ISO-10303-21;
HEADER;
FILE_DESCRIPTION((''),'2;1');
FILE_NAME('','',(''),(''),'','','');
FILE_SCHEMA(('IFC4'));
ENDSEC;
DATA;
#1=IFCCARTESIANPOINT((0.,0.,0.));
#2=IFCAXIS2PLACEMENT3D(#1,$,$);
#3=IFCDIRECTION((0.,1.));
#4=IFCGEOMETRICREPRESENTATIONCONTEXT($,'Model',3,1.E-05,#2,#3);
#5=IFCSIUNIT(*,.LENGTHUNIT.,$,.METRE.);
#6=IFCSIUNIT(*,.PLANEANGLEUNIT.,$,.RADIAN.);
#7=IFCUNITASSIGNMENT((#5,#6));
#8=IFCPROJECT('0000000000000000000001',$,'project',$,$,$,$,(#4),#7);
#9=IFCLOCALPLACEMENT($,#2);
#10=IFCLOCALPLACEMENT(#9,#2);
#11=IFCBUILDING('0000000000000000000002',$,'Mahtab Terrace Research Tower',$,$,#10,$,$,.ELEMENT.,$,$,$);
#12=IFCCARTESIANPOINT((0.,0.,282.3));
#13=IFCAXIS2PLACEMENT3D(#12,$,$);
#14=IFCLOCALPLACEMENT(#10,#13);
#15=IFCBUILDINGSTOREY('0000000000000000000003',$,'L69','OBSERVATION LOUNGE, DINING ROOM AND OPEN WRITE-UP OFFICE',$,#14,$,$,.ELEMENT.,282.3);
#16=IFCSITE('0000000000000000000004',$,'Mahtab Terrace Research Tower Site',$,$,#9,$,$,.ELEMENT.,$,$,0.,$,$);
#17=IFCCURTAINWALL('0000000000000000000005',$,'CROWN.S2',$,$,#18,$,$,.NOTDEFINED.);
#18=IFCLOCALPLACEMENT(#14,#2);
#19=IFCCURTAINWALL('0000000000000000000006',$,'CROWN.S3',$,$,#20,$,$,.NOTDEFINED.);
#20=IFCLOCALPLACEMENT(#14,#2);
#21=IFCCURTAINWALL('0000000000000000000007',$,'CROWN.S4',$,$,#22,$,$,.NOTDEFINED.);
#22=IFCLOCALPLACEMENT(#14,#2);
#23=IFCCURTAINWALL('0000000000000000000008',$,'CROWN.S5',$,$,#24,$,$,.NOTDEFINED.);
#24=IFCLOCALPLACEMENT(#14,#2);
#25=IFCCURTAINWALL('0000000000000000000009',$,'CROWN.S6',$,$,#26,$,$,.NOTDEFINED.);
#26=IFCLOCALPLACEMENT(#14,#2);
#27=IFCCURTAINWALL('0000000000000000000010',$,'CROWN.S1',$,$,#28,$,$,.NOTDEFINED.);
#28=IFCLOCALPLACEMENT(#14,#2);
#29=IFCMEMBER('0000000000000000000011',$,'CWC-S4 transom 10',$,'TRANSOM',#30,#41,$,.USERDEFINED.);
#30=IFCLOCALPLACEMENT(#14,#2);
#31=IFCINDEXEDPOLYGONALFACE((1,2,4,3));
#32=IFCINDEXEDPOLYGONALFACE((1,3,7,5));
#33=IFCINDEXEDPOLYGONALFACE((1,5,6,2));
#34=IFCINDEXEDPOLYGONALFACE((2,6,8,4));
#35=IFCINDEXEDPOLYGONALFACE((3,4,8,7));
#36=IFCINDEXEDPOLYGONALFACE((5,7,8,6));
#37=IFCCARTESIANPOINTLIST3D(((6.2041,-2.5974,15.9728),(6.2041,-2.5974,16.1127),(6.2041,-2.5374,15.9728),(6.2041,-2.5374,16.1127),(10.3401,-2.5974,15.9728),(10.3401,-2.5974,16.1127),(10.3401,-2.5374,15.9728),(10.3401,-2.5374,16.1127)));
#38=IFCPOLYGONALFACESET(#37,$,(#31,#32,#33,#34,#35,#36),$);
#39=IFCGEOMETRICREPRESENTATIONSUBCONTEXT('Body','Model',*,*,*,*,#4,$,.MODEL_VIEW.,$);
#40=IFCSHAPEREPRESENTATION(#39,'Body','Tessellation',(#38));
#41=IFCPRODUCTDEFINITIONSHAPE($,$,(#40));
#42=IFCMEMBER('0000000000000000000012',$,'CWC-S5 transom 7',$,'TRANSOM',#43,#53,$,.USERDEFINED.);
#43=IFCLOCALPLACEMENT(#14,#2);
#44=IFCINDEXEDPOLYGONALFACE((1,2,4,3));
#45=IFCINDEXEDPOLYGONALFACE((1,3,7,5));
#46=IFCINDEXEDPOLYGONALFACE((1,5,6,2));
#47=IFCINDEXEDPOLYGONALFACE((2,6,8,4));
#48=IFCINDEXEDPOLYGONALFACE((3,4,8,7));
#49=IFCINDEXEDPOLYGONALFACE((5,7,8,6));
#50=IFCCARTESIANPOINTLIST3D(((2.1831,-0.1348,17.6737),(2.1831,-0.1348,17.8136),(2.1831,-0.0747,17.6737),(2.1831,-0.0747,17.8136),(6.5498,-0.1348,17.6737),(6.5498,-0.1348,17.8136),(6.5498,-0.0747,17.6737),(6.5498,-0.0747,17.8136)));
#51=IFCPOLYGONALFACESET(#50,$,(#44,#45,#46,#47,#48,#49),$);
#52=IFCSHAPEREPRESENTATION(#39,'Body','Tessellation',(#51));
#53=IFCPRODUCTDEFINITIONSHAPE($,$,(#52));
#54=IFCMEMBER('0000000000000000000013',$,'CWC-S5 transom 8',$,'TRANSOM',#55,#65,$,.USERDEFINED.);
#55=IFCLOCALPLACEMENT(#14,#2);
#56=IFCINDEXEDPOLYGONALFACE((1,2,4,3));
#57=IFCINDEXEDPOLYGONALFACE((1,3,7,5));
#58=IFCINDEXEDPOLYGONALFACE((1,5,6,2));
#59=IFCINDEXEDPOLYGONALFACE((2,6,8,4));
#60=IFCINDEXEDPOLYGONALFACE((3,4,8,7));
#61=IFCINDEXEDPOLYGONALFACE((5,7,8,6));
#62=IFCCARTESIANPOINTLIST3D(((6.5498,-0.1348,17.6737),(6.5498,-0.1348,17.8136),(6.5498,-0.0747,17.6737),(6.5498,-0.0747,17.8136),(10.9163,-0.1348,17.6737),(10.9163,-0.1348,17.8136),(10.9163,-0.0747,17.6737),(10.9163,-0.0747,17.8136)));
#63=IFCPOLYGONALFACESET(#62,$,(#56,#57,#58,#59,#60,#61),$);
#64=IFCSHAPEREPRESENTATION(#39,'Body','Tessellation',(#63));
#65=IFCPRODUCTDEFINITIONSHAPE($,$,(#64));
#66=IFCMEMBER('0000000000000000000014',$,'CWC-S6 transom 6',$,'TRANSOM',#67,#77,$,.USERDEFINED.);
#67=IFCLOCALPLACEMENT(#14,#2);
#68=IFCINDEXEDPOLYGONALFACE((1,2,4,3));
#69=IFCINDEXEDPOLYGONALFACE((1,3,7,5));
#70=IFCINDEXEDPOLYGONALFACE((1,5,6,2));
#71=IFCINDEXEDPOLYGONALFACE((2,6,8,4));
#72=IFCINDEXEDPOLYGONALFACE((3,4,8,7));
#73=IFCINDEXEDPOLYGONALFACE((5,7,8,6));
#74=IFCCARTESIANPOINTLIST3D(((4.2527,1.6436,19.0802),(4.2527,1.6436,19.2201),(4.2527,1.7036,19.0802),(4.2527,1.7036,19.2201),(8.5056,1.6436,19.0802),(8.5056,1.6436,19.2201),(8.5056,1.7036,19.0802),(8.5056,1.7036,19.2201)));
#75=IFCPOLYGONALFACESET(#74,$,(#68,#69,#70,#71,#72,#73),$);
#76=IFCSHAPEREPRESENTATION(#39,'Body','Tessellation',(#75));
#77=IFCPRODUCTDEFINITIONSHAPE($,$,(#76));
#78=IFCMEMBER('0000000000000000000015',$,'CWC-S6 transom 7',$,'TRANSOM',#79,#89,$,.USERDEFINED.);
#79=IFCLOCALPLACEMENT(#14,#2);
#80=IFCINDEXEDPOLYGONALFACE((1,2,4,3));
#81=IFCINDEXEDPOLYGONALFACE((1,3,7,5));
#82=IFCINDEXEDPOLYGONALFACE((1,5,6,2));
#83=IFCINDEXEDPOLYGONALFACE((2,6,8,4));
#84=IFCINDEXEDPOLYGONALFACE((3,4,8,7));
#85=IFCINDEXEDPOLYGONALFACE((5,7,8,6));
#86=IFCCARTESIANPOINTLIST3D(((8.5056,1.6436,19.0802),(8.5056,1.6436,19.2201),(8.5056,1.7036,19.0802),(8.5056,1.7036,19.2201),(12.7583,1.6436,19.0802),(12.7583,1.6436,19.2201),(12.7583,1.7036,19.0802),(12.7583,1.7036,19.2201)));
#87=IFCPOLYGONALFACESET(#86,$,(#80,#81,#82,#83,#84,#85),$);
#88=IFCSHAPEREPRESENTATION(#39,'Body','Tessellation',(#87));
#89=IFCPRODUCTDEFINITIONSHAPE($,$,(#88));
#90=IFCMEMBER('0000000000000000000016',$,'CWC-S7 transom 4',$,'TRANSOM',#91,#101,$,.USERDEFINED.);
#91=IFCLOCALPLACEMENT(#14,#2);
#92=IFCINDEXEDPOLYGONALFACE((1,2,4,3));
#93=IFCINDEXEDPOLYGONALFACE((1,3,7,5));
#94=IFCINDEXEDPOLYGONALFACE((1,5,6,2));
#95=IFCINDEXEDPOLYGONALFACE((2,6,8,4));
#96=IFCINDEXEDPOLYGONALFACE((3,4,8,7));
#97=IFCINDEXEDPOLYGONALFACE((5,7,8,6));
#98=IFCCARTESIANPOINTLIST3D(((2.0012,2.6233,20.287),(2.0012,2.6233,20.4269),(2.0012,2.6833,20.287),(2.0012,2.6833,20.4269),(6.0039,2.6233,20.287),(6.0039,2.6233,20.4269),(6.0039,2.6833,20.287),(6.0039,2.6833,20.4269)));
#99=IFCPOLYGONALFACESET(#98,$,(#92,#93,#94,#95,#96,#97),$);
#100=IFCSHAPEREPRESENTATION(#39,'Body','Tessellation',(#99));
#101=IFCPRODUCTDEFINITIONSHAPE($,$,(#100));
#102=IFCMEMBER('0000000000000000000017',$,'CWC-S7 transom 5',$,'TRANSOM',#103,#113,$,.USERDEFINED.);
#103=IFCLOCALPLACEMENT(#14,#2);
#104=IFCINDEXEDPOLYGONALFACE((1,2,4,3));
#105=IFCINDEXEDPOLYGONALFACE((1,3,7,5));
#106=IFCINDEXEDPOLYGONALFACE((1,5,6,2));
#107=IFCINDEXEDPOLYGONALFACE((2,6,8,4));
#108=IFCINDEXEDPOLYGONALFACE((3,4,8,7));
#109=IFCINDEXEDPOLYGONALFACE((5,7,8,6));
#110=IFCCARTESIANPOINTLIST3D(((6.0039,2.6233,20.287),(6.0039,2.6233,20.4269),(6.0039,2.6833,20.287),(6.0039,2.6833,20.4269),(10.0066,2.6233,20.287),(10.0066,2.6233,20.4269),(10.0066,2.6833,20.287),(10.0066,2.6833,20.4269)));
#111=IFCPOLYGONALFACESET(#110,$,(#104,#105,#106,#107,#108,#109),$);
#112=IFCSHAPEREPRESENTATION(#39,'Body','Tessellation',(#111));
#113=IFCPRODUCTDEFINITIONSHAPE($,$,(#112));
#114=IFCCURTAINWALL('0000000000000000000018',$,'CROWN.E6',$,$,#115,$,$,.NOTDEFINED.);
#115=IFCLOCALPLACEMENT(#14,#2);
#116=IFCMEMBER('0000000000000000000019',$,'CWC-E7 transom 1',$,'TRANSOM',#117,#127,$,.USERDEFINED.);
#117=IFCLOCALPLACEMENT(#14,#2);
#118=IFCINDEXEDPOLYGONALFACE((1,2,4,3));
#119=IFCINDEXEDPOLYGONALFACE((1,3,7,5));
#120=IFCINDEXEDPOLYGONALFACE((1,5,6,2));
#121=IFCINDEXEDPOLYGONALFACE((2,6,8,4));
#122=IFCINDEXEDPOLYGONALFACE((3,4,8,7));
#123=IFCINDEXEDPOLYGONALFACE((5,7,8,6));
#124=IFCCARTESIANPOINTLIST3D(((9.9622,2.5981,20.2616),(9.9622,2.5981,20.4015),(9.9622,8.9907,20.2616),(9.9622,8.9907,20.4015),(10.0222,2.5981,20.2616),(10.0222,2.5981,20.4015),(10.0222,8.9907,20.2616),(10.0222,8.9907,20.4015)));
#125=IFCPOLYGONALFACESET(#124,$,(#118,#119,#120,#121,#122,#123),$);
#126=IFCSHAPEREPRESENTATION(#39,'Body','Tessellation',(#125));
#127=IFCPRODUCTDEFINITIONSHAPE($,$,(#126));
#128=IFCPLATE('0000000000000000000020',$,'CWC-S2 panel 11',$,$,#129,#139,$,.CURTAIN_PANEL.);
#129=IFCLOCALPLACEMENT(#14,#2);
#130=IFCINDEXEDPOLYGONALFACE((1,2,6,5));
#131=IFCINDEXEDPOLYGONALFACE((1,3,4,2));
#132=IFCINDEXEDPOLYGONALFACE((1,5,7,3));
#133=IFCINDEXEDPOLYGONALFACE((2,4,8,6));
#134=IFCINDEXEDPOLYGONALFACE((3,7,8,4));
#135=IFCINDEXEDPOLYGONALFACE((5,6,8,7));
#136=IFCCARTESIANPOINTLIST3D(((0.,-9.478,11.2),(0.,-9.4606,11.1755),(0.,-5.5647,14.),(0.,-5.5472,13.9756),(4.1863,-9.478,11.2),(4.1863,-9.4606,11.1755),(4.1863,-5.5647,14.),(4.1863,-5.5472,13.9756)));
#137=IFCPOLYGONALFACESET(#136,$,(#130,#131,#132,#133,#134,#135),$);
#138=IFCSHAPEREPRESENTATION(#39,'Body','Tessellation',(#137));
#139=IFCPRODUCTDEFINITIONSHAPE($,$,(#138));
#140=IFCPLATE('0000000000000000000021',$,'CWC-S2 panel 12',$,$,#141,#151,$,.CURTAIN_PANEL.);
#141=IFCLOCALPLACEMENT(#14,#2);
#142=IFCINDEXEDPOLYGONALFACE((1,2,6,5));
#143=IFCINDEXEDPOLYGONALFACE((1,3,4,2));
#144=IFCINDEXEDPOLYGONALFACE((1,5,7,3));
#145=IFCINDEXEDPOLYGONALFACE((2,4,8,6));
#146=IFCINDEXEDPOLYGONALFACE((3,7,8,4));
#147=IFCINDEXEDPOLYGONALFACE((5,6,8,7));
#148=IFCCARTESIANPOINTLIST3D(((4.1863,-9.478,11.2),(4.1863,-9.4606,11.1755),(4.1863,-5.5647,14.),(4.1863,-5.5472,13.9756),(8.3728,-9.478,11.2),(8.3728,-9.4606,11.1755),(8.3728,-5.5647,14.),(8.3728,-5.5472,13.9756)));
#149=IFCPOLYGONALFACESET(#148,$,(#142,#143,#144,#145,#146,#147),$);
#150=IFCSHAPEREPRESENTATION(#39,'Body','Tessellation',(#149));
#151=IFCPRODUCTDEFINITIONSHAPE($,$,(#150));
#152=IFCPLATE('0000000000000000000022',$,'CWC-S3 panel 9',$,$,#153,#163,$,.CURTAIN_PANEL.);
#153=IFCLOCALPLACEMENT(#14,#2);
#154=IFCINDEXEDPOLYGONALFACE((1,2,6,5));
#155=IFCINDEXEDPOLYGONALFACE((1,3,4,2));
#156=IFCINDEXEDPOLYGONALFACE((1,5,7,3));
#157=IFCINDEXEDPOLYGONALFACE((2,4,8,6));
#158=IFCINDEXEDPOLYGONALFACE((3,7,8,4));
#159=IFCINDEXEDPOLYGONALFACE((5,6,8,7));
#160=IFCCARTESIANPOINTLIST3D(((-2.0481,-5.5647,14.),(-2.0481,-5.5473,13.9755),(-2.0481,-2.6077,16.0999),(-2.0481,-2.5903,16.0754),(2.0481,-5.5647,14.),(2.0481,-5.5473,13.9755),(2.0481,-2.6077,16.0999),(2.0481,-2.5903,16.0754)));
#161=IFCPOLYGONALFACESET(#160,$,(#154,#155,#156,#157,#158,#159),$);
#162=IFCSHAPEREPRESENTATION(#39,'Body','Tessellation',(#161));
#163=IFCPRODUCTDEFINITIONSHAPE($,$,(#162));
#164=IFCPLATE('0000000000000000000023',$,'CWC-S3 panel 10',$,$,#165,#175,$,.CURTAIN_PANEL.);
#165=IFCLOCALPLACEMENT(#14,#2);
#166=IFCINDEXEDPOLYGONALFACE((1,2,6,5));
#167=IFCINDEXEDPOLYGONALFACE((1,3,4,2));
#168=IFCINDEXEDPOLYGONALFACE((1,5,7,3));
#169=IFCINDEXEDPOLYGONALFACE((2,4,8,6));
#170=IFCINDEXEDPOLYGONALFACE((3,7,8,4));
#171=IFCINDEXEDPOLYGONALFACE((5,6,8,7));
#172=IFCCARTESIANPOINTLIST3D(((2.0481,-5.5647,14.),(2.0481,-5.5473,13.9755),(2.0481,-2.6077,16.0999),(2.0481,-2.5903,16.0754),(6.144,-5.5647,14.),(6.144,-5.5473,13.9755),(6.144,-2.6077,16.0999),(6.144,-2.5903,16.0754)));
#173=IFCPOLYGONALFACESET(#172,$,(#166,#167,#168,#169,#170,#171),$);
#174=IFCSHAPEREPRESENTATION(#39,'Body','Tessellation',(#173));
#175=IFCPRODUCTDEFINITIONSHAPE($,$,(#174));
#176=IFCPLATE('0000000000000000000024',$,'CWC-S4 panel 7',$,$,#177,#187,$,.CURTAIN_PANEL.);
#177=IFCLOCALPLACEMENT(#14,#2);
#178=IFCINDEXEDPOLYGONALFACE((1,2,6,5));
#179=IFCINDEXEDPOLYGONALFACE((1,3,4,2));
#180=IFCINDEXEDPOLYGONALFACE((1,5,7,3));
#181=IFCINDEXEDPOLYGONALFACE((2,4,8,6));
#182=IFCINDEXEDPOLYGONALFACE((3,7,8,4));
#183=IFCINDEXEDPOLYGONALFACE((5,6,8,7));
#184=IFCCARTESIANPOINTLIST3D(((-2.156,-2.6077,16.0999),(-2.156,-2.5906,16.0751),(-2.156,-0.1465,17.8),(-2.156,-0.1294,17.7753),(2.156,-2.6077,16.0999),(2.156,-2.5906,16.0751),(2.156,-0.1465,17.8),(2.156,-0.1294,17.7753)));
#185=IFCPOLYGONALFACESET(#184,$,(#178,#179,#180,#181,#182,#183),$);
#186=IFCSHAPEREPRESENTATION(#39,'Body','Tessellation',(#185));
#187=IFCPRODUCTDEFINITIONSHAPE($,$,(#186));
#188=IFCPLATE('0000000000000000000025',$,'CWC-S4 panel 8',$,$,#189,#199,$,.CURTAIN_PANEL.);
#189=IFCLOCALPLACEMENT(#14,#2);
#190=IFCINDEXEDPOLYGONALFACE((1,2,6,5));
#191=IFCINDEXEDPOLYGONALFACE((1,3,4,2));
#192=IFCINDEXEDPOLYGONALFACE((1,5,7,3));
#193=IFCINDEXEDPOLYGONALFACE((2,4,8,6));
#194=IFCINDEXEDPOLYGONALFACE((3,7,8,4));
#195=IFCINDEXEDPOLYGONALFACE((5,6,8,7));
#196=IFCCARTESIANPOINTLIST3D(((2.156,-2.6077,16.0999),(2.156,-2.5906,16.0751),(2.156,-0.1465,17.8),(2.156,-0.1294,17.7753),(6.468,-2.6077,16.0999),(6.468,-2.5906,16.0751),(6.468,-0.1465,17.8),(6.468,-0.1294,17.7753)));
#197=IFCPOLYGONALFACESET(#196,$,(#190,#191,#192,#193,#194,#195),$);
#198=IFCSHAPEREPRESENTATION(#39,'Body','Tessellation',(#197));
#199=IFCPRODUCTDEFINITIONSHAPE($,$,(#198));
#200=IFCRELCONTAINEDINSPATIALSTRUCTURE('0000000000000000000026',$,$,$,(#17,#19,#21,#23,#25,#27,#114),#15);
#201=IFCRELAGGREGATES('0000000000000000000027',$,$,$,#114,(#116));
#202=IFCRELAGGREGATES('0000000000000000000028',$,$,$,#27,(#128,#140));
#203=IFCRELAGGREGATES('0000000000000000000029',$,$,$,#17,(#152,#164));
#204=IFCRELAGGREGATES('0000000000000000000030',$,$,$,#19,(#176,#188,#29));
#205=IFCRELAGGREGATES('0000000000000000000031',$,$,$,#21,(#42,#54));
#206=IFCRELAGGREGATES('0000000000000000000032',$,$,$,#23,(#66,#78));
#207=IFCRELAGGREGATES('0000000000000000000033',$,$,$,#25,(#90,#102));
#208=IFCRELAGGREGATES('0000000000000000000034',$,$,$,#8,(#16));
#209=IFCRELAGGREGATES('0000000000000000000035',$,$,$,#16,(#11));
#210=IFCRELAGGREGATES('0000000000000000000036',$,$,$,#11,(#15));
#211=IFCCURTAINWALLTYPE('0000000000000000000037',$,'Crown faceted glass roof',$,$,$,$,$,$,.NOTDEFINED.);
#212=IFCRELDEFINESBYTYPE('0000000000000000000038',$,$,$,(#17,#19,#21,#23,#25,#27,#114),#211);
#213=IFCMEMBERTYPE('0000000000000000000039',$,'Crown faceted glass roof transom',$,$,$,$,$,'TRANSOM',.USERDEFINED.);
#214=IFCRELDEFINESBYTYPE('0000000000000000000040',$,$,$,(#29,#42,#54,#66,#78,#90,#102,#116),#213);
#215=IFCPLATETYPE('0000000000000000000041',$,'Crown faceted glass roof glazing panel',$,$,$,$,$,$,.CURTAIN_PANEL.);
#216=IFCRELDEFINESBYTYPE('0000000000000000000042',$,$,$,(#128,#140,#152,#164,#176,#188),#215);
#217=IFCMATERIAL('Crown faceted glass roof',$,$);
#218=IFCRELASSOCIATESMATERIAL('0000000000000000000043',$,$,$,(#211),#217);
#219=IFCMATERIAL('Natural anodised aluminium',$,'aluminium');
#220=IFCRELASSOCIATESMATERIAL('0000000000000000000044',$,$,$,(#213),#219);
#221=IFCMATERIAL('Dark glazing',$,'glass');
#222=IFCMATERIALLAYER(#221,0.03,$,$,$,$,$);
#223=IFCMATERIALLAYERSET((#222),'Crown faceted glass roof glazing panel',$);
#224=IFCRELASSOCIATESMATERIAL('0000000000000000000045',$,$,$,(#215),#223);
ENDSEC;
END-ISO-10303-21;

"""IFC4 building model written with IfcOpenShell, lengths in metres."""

from ifc_helpers import new_model, si_unit, direction, frame, origin, origin_2d, place, context, subcontext, project, spatial, polyline, rectangle, outline, extrude, material, layer, layer_set, material_profile, profile_set, type_object, element, aggregate, save


model = new_model("IFC4")

# Units and contexts
model_context = context("Model", 3, precision=1e-05, world=origin(), true_north=direction((0.0, 1.0)))
body_context = subcontext(model_context, "Body", "Model", "MODEL_VIEW")
ifc_project = project(units=[si_unit("LENGTHUNIT", "METRE"), si_unit("PLANEANGLEUNIT", "RADIAN")], contexts=[model_context])

# Site, building, storey
site_placement = place(None, origin())
site = spatial("IfcSite", under=ifc_project, at=site_placement, Name="Mahtab Terrace Research Tower Site", CompositionType="ELEMENT", RefElevation=0.0)
building_placement = place(site_placement, origin())
building = spatial("IfcBuilding", under=site, at=building_placement, Name="Mahtab Terrace Research Tower", CompositionType="ELEMENT")
storey_placement = place(building_placement, frame((0.0, 0.0, 282.3)))
storey = spatial("IfcBuildingStorey", under=building, at=storey_placement, Name="L69", Description="OBSERVATION LOUNGE, DINING ROOM AND OPEN WRITE-UP OFFICE", CompositionType="ELEMENT", Elevation=282.3)

# Curtain walls
ifc_material_1 = material(Name="Crown faceted glass roof")
curtain_wall_type = type_object("IfcCurtainWallType", Name="Crown faceted glass roof", PredefinedType="NOTDEFINED", material=ifc_material_1)
curtain_wall_1_placement = place(storey_placement, origin())
curtain_wall_1 = element("IfcCurtainWall", 1, at=curtain_wall_1_placement, inside=storey, type_object=curtain_wall_type, Name="CROWN.S2", PredefinedType="NOTDEFINED")
ifc_material_2 = material(Name="Natural anodised aluminium", Category="aluminium")
curtain_wall_2_placement = place(storey_placement, origin())
curtain_wall_2 = element("IfcCurtainWall", 2, at=curtain_wall_2_placement, inside=storey, type_object=curtain_wall_type, Name="CROWN.S3", PredefinedType="NOTDEFINED")
curtain_wall_3_placement = place(storey_placement, origin())
curtain_wall_3 = element("IfcCurtainWall", 3, at=curtain_wall_3_placement, inside=storey, type_object=curtain_wall_type, Name="CROWN.S4", PredefinedType="NOTDEFINED")
curtain_wall_4_placement = place(storey_placement, origin())
curtain_wall_4 = element("IfcCurtainWall", 4, at=curtain_wall_4_placement, inside=storey, type_object=curtain_wall_type, Name="CROWN.S5", PredefinedType="NOTDEFINED")
curtain_wall_5_placement = place(storey_placement, origin())
curtain_wall_5 = element("IfcCurtainWall", 5, at=curtain_wall_5_placement, inside=storey, type_object=curtain_wall_type, Name="CROWN.S6", PredefinedType="NOTDEFINED")

# Curtain wall
curtain_wall_6_placement = place(storey_placement, origin())
curtain_wall_6 = element("IfcCurtainWall", 6, at=curtain_wall_6_placement, inside=storey, type_object=curtain_wall_type, Name="CROWN.S1", PredefinedType="NOTDEFINED")
ifc_material_profile_1 = material_profile(ifc_material_2, rectangle(XDim=0.0601, YDim=0.1399, at=origin_2d()), Name="TRANSOM 60x140")
ifc_profile_set_1 = profile_set([ifc_material_profile_1], Name="Natural anodised aluminium")
member_type_1 = type_object("IfcMemberType", Name="Crown faceted glass roof transom", ElementType="TRANSOM", PredefinedType="USERDEFINED", material=ifc_profile_set_1)

# Members
member_1_placement = place(storey_placement, frame((6.2041, -2.5674, 16.0427), z_axis=(1.0, 0.0, 0.0), x_axis=(0.0, 1.0, 0.0)))
member_1 = element("IfcMember", 7, at=member_1_placement, type_object=member_type_1, Name="CWC-S4 transom 10", ObjectType="TRANSOM", PredefinedType="USERDEFINED", context=body_context, shape_type="SweptSolid", body=[
    extrude(rectangle(XDim=0.0601, YDim=0.1399, at=origin_2d()), origin(), (0.0, 0.0, 1.0), 4.136),
])
member_2_placement = place(storey_placement, frame((2.1831, -0.1047, 17.7437), z_axis=(1.0, 0.0, 0.0), x_axis=(0.0, 1.0, 0.0)))
member_2 = element("IfcMember", 8, at=member_2_placement, type_object=member_type_1, Name="CWC-S5 transom 7", ObjectType="TRANSOM", PredefinedType="USERDEFINED", context=body_context, shape_type="SweptSolid", body=[
    extrude(rectangle(XDim=0.0601, YDim=0.1399, at=origin_2d()), origin(), (0.0, 0.0, 1.0), 4.3667),
])
member_3_placement = place(storey_placement, frame((6.5498, -0.1047, 17.7437), z_axis=(1.0, 0.0, 0.0), x_axis=(0.0, 1.0, 0.0)))
member_3 = element("IfcMember", 9, at=member_3_placement, type_object=member_type_1, Name="CWC-S5 transom 8", ObjectType="TRANSOM", PredefinedType="USERDEFINED", context=body_context, shape_type="SweptSolid", body=[
    extrude(rectangle(XDim=0.0601, YDim=0.1399, at=origin_2d()), origin(), (0.0, 0.0, 1.0), 4.3665),
])
member_4_placement = place(storey_placement, frame((4.2527, 1.6736, 19.1501), z_axis=(1.0, 0.0, 0.0), x_axis=(0.0, 1.0, 0.0)))
member_4 = element("IfcMember", 10, at=member_4_placement, type_object=member_type_1, Name="CWC-S6 transom 6", ObjectType="TRANSOM", PredefinedType="USERDEFINED", context=body_context, shape_type="SweptSolid", body=[
    extrude(rectangle(XDim=0.0601, YDim=0.1399, at=origin_2d()), origin(), (0.0, 0.0, 1.0), 4.2529),
])
member_5_placement = place(storey_placement, frame((8.5056, 1.6736, 19.1501), z_axis=(1.0, 0.0, 0.0), x_axis=(0.0, 1.0, 0.0)))
member_5 = element("IfcMember", 11, at=member_5_placement, type_object=member_type_1, Name="CWC-S6 transom 7", ObjectType="TRANSOM", PredefinedType="USERDEFINED", context=body_context, shape_type="SweptSolid", body=[
    extrude(rectangle(XDim=0.0601, YDim=0.1399, at=origin_2d()), origin(), (0.0, 0.0, 1.0), 4.2527),
])
member_6_placement = place(storey_placement, frame((2.0012, 2.6533, 20.3569), z_axis=(1.0, 0.0, 0.0), x_axis=(0.0, 1.0, 0.0)))
member_6 = element("IfcMember", 12, at=member_6_placement, type_object=member_type_1, Name="CWC-S7 transom 4", ObjectType="TRANSOM", PredefinedType="USERDEFINED", context=body_context, shape_type="SweptSolid", body=[
    extrude(rectangle(XDim=0.0601, YDim=0.1399, at=origin_2d()), origin(), (0.0, 0.0, 1.0), 4.0027),
])
member_7_placement = place(storey_placement, frame((6.0039, 2.6533, 20.3569), z_axis=(1.0, 0.0, 0.0), x_axis=(0.0, 1.0, 0.0)))
member_7 = element("IfcMember", 13, at=member_7_placement, type_object=member_type_1, Name="CWC-S7 transom 5", ObjectType="TRANSOM", PredefinedType="USERDEFINED", context=body_context, shape_type="SweptSolid", body=[
    extrude(rectangle(XDim=0.0601, YDim=0.1399, at=origin_2d()), origin(), (0.0, 0.0, 1.0), 4.0027),
])

# Curtain wall, member
curtain_wall_7_placement = place(storey_placement, origin())
curtain_wall_7 = element("IfcCurtainWall", 14, at=curtain_wall_7_placement, inside=storey, type_object=curtain_wall_type, Name="CROWN.E6", PredefinedType="NOTDEFINED")
member_8_placement = place(storey_placement, frame((9.9922, 2.5981, 20.3315), z_axis=(0.0, 1.0, 0.0), x_axis=(-1.0, 0.0, 0.0)))
member_8 = element("IfcMember", 15, at=member_8_placement, type_object=member_type_1, Name="CWC-E7 transom 1", ObjectType="TRANSOM", PredefinedType="USERDEFINED", context=body_context, shape_type="SweptSolid", body=[
    extrude(rectangle(XDim=0.0601, YDim=0.1399, at=origin_2d()), origin(), (0.0, 0.0, 1.0), 6.3926),
])
aggregate(curtain_wall_7, [member_8])

# Plates
ifc_material_3 = material(Name="Dark glazing", Category="glass")
ifc_layer_1 = layer(ifc_material_3, 0.03)
ifc_layer_set_1 = layer_set([ifc_layer_1], Name="Crown faceted glass roof glazing panel")
plate_type_1 = type_object("IfcPlateType", Name="Crown faceted glass roof glazing panel", PredefinedType="CURTAIN_PANEL", material=ifc_layer_set_1)
plate_1_placement = place(storey_placement, frame((4.1863, -9.478, 11.2), z_axis=(0.0, -0.5819, 0.81326), x_axis=(0.0, 0.81326, 0.5819)))
plate_1 = element("IfcPlate", 16, at=plate_1_placement, type_object=plate_type_1, Name="CWC-S2 panel 11", PredefinedType="CURTAIN_PANEL", context=body_context, shape_type="SweptSolid", body=[
    extrude(outline(polyline([(0.0, 0.0), (4.8119, 0.0), (4.8119, 4.1863), (0.0, 4.1863), (0.0, 0.0)])), origin(), (0.0, 0.0, -1.0), 0.03),
])
plate_2_placement = place(storey_placement, frame((8.3728, -9.478, 11.2), z_axis=(0.0, -0.5819, 0.81326), x_axis=(0.0, 0.81326, 0.5819)))
plate_2 = element("IfcPlate", 17, at=plate_2_placement, type_object=plate_type_1, Name="CWC-S2 panel 12", PredefinedType="CURTAIN_PANEL", context=body_context, shape_type="SweptSolid", body=[
    extrude(outline(polyline([(0.0, 0.0), (4.8119, 0.0), (4.8119, 4.1865), (0.0, 4.1865), (0.0, 0.0)])), origin(), (0.0, 0.0, -1.0), 0.03),
])
aggregate(curtain_wall_6, [plate_1, plate_2])
plate_3_placement = place(storey_placement, frame((2.0481, -5.5647, 14.0), z_axis=(0.0, -0.578988, 0.815336), x_axis=(0.0, 0.815336, 0.578988)))
plate_3 = element("IfcPlate", 18, at=plate_3_placement, type_object=plate_type_1, Name="CWC-S3 panel 9", PredefinedType="CURTAIN_PANEL", context=body_context, shape_type="SweptSolid", body=[
    extrude(outline(polyline([(0.0, 0.0), (3.6268, 0.0), (3.6268, 4.0962), (0.0, 4.0962), (0.0, 0.0)])), origin(), (0.0, 0.0, -1.0), 0.03),
])
plate_4_placement = place(storey_placement, frame((6.144, -5.5647, 14.0), z_axis=(0.0, -0.578988, 0.815336), x_axis=(0.0, 0.815336, 0.578988)))
plate_4 = element("IfcPlate", 19, at=plate_4_placement, type_object=plate_type_1, Name="CWC-S3 panel 10", PredefinedType="CURTAIN_PANEL", context=body_context, shape_type="SweptSolid", body=[
    extrude(outline(polyline([(0.0, 0.0), (3.6268, 0.0), (3.6268, 4.0959), (0.0, 4.0959), (0.0, 0.0)])), origin(), (0.0, 0.0, -1.0), 0.03),
])
aggregate(curtain_wall_1, [plate_3, plate_4])
plate_5_placement = place(storey_placement, frame((2.156, -2.6077, 16.0999), z_axis=(0.0, -0.568374, 0.822771), x_axis=(0.0, 0.822771, 0.568374)))
plate_5 = element("IfcPlate", 20, at=plate_5_placement, type_object=plate_type_1, Name="CWC-S4 panel 7", PredefinedType="CURTAIN_PANEL", context=body_context, shape_type="SweptSolid", body=[
    extrude(outline(polyline([(0.0, 0.0), (2.9913, 0.0), (2.9913, 4.312), (0.0, 4.312), (0.0, 0.0)])), origin(), (0.0, 0.0, -1.0), 0.03),
])
plate_6_placement = place(storey_placement, frame((6.468, -2.6077, 16.0999), z_axis=(0.0, -0.568374, 0.822771), x_axis=(0.0, 0.822771, 0.568374)))
plate_6 = element("IfcPlate", 21, at=plate_6_placement, type_object=plate_type_1, Name="CWC-S4 panel 8", PredefinedType="CURTAIN_PANEL", context=body_context, shape_type="SweptSolid", body=[
    extrude(outline(polyline([(0.0, 0.0), (2.9913, 0.0), (2.9913, 4.312), (0.0, 4.312), (0.0, 0.0)])), origin(), (0.0, 0.0, -1.0), 0.03),
])
aggregate(curtain_wall_2, [plate_5, plate_6, member_1])
aggregate(curtain_wall_3, [member_2, member_3])
aggregate(curtain_wall_4, [member_4, member_5])
aggregate(curtain_wall_5, [member_6, member_7])

save(model, "model.ifc")
